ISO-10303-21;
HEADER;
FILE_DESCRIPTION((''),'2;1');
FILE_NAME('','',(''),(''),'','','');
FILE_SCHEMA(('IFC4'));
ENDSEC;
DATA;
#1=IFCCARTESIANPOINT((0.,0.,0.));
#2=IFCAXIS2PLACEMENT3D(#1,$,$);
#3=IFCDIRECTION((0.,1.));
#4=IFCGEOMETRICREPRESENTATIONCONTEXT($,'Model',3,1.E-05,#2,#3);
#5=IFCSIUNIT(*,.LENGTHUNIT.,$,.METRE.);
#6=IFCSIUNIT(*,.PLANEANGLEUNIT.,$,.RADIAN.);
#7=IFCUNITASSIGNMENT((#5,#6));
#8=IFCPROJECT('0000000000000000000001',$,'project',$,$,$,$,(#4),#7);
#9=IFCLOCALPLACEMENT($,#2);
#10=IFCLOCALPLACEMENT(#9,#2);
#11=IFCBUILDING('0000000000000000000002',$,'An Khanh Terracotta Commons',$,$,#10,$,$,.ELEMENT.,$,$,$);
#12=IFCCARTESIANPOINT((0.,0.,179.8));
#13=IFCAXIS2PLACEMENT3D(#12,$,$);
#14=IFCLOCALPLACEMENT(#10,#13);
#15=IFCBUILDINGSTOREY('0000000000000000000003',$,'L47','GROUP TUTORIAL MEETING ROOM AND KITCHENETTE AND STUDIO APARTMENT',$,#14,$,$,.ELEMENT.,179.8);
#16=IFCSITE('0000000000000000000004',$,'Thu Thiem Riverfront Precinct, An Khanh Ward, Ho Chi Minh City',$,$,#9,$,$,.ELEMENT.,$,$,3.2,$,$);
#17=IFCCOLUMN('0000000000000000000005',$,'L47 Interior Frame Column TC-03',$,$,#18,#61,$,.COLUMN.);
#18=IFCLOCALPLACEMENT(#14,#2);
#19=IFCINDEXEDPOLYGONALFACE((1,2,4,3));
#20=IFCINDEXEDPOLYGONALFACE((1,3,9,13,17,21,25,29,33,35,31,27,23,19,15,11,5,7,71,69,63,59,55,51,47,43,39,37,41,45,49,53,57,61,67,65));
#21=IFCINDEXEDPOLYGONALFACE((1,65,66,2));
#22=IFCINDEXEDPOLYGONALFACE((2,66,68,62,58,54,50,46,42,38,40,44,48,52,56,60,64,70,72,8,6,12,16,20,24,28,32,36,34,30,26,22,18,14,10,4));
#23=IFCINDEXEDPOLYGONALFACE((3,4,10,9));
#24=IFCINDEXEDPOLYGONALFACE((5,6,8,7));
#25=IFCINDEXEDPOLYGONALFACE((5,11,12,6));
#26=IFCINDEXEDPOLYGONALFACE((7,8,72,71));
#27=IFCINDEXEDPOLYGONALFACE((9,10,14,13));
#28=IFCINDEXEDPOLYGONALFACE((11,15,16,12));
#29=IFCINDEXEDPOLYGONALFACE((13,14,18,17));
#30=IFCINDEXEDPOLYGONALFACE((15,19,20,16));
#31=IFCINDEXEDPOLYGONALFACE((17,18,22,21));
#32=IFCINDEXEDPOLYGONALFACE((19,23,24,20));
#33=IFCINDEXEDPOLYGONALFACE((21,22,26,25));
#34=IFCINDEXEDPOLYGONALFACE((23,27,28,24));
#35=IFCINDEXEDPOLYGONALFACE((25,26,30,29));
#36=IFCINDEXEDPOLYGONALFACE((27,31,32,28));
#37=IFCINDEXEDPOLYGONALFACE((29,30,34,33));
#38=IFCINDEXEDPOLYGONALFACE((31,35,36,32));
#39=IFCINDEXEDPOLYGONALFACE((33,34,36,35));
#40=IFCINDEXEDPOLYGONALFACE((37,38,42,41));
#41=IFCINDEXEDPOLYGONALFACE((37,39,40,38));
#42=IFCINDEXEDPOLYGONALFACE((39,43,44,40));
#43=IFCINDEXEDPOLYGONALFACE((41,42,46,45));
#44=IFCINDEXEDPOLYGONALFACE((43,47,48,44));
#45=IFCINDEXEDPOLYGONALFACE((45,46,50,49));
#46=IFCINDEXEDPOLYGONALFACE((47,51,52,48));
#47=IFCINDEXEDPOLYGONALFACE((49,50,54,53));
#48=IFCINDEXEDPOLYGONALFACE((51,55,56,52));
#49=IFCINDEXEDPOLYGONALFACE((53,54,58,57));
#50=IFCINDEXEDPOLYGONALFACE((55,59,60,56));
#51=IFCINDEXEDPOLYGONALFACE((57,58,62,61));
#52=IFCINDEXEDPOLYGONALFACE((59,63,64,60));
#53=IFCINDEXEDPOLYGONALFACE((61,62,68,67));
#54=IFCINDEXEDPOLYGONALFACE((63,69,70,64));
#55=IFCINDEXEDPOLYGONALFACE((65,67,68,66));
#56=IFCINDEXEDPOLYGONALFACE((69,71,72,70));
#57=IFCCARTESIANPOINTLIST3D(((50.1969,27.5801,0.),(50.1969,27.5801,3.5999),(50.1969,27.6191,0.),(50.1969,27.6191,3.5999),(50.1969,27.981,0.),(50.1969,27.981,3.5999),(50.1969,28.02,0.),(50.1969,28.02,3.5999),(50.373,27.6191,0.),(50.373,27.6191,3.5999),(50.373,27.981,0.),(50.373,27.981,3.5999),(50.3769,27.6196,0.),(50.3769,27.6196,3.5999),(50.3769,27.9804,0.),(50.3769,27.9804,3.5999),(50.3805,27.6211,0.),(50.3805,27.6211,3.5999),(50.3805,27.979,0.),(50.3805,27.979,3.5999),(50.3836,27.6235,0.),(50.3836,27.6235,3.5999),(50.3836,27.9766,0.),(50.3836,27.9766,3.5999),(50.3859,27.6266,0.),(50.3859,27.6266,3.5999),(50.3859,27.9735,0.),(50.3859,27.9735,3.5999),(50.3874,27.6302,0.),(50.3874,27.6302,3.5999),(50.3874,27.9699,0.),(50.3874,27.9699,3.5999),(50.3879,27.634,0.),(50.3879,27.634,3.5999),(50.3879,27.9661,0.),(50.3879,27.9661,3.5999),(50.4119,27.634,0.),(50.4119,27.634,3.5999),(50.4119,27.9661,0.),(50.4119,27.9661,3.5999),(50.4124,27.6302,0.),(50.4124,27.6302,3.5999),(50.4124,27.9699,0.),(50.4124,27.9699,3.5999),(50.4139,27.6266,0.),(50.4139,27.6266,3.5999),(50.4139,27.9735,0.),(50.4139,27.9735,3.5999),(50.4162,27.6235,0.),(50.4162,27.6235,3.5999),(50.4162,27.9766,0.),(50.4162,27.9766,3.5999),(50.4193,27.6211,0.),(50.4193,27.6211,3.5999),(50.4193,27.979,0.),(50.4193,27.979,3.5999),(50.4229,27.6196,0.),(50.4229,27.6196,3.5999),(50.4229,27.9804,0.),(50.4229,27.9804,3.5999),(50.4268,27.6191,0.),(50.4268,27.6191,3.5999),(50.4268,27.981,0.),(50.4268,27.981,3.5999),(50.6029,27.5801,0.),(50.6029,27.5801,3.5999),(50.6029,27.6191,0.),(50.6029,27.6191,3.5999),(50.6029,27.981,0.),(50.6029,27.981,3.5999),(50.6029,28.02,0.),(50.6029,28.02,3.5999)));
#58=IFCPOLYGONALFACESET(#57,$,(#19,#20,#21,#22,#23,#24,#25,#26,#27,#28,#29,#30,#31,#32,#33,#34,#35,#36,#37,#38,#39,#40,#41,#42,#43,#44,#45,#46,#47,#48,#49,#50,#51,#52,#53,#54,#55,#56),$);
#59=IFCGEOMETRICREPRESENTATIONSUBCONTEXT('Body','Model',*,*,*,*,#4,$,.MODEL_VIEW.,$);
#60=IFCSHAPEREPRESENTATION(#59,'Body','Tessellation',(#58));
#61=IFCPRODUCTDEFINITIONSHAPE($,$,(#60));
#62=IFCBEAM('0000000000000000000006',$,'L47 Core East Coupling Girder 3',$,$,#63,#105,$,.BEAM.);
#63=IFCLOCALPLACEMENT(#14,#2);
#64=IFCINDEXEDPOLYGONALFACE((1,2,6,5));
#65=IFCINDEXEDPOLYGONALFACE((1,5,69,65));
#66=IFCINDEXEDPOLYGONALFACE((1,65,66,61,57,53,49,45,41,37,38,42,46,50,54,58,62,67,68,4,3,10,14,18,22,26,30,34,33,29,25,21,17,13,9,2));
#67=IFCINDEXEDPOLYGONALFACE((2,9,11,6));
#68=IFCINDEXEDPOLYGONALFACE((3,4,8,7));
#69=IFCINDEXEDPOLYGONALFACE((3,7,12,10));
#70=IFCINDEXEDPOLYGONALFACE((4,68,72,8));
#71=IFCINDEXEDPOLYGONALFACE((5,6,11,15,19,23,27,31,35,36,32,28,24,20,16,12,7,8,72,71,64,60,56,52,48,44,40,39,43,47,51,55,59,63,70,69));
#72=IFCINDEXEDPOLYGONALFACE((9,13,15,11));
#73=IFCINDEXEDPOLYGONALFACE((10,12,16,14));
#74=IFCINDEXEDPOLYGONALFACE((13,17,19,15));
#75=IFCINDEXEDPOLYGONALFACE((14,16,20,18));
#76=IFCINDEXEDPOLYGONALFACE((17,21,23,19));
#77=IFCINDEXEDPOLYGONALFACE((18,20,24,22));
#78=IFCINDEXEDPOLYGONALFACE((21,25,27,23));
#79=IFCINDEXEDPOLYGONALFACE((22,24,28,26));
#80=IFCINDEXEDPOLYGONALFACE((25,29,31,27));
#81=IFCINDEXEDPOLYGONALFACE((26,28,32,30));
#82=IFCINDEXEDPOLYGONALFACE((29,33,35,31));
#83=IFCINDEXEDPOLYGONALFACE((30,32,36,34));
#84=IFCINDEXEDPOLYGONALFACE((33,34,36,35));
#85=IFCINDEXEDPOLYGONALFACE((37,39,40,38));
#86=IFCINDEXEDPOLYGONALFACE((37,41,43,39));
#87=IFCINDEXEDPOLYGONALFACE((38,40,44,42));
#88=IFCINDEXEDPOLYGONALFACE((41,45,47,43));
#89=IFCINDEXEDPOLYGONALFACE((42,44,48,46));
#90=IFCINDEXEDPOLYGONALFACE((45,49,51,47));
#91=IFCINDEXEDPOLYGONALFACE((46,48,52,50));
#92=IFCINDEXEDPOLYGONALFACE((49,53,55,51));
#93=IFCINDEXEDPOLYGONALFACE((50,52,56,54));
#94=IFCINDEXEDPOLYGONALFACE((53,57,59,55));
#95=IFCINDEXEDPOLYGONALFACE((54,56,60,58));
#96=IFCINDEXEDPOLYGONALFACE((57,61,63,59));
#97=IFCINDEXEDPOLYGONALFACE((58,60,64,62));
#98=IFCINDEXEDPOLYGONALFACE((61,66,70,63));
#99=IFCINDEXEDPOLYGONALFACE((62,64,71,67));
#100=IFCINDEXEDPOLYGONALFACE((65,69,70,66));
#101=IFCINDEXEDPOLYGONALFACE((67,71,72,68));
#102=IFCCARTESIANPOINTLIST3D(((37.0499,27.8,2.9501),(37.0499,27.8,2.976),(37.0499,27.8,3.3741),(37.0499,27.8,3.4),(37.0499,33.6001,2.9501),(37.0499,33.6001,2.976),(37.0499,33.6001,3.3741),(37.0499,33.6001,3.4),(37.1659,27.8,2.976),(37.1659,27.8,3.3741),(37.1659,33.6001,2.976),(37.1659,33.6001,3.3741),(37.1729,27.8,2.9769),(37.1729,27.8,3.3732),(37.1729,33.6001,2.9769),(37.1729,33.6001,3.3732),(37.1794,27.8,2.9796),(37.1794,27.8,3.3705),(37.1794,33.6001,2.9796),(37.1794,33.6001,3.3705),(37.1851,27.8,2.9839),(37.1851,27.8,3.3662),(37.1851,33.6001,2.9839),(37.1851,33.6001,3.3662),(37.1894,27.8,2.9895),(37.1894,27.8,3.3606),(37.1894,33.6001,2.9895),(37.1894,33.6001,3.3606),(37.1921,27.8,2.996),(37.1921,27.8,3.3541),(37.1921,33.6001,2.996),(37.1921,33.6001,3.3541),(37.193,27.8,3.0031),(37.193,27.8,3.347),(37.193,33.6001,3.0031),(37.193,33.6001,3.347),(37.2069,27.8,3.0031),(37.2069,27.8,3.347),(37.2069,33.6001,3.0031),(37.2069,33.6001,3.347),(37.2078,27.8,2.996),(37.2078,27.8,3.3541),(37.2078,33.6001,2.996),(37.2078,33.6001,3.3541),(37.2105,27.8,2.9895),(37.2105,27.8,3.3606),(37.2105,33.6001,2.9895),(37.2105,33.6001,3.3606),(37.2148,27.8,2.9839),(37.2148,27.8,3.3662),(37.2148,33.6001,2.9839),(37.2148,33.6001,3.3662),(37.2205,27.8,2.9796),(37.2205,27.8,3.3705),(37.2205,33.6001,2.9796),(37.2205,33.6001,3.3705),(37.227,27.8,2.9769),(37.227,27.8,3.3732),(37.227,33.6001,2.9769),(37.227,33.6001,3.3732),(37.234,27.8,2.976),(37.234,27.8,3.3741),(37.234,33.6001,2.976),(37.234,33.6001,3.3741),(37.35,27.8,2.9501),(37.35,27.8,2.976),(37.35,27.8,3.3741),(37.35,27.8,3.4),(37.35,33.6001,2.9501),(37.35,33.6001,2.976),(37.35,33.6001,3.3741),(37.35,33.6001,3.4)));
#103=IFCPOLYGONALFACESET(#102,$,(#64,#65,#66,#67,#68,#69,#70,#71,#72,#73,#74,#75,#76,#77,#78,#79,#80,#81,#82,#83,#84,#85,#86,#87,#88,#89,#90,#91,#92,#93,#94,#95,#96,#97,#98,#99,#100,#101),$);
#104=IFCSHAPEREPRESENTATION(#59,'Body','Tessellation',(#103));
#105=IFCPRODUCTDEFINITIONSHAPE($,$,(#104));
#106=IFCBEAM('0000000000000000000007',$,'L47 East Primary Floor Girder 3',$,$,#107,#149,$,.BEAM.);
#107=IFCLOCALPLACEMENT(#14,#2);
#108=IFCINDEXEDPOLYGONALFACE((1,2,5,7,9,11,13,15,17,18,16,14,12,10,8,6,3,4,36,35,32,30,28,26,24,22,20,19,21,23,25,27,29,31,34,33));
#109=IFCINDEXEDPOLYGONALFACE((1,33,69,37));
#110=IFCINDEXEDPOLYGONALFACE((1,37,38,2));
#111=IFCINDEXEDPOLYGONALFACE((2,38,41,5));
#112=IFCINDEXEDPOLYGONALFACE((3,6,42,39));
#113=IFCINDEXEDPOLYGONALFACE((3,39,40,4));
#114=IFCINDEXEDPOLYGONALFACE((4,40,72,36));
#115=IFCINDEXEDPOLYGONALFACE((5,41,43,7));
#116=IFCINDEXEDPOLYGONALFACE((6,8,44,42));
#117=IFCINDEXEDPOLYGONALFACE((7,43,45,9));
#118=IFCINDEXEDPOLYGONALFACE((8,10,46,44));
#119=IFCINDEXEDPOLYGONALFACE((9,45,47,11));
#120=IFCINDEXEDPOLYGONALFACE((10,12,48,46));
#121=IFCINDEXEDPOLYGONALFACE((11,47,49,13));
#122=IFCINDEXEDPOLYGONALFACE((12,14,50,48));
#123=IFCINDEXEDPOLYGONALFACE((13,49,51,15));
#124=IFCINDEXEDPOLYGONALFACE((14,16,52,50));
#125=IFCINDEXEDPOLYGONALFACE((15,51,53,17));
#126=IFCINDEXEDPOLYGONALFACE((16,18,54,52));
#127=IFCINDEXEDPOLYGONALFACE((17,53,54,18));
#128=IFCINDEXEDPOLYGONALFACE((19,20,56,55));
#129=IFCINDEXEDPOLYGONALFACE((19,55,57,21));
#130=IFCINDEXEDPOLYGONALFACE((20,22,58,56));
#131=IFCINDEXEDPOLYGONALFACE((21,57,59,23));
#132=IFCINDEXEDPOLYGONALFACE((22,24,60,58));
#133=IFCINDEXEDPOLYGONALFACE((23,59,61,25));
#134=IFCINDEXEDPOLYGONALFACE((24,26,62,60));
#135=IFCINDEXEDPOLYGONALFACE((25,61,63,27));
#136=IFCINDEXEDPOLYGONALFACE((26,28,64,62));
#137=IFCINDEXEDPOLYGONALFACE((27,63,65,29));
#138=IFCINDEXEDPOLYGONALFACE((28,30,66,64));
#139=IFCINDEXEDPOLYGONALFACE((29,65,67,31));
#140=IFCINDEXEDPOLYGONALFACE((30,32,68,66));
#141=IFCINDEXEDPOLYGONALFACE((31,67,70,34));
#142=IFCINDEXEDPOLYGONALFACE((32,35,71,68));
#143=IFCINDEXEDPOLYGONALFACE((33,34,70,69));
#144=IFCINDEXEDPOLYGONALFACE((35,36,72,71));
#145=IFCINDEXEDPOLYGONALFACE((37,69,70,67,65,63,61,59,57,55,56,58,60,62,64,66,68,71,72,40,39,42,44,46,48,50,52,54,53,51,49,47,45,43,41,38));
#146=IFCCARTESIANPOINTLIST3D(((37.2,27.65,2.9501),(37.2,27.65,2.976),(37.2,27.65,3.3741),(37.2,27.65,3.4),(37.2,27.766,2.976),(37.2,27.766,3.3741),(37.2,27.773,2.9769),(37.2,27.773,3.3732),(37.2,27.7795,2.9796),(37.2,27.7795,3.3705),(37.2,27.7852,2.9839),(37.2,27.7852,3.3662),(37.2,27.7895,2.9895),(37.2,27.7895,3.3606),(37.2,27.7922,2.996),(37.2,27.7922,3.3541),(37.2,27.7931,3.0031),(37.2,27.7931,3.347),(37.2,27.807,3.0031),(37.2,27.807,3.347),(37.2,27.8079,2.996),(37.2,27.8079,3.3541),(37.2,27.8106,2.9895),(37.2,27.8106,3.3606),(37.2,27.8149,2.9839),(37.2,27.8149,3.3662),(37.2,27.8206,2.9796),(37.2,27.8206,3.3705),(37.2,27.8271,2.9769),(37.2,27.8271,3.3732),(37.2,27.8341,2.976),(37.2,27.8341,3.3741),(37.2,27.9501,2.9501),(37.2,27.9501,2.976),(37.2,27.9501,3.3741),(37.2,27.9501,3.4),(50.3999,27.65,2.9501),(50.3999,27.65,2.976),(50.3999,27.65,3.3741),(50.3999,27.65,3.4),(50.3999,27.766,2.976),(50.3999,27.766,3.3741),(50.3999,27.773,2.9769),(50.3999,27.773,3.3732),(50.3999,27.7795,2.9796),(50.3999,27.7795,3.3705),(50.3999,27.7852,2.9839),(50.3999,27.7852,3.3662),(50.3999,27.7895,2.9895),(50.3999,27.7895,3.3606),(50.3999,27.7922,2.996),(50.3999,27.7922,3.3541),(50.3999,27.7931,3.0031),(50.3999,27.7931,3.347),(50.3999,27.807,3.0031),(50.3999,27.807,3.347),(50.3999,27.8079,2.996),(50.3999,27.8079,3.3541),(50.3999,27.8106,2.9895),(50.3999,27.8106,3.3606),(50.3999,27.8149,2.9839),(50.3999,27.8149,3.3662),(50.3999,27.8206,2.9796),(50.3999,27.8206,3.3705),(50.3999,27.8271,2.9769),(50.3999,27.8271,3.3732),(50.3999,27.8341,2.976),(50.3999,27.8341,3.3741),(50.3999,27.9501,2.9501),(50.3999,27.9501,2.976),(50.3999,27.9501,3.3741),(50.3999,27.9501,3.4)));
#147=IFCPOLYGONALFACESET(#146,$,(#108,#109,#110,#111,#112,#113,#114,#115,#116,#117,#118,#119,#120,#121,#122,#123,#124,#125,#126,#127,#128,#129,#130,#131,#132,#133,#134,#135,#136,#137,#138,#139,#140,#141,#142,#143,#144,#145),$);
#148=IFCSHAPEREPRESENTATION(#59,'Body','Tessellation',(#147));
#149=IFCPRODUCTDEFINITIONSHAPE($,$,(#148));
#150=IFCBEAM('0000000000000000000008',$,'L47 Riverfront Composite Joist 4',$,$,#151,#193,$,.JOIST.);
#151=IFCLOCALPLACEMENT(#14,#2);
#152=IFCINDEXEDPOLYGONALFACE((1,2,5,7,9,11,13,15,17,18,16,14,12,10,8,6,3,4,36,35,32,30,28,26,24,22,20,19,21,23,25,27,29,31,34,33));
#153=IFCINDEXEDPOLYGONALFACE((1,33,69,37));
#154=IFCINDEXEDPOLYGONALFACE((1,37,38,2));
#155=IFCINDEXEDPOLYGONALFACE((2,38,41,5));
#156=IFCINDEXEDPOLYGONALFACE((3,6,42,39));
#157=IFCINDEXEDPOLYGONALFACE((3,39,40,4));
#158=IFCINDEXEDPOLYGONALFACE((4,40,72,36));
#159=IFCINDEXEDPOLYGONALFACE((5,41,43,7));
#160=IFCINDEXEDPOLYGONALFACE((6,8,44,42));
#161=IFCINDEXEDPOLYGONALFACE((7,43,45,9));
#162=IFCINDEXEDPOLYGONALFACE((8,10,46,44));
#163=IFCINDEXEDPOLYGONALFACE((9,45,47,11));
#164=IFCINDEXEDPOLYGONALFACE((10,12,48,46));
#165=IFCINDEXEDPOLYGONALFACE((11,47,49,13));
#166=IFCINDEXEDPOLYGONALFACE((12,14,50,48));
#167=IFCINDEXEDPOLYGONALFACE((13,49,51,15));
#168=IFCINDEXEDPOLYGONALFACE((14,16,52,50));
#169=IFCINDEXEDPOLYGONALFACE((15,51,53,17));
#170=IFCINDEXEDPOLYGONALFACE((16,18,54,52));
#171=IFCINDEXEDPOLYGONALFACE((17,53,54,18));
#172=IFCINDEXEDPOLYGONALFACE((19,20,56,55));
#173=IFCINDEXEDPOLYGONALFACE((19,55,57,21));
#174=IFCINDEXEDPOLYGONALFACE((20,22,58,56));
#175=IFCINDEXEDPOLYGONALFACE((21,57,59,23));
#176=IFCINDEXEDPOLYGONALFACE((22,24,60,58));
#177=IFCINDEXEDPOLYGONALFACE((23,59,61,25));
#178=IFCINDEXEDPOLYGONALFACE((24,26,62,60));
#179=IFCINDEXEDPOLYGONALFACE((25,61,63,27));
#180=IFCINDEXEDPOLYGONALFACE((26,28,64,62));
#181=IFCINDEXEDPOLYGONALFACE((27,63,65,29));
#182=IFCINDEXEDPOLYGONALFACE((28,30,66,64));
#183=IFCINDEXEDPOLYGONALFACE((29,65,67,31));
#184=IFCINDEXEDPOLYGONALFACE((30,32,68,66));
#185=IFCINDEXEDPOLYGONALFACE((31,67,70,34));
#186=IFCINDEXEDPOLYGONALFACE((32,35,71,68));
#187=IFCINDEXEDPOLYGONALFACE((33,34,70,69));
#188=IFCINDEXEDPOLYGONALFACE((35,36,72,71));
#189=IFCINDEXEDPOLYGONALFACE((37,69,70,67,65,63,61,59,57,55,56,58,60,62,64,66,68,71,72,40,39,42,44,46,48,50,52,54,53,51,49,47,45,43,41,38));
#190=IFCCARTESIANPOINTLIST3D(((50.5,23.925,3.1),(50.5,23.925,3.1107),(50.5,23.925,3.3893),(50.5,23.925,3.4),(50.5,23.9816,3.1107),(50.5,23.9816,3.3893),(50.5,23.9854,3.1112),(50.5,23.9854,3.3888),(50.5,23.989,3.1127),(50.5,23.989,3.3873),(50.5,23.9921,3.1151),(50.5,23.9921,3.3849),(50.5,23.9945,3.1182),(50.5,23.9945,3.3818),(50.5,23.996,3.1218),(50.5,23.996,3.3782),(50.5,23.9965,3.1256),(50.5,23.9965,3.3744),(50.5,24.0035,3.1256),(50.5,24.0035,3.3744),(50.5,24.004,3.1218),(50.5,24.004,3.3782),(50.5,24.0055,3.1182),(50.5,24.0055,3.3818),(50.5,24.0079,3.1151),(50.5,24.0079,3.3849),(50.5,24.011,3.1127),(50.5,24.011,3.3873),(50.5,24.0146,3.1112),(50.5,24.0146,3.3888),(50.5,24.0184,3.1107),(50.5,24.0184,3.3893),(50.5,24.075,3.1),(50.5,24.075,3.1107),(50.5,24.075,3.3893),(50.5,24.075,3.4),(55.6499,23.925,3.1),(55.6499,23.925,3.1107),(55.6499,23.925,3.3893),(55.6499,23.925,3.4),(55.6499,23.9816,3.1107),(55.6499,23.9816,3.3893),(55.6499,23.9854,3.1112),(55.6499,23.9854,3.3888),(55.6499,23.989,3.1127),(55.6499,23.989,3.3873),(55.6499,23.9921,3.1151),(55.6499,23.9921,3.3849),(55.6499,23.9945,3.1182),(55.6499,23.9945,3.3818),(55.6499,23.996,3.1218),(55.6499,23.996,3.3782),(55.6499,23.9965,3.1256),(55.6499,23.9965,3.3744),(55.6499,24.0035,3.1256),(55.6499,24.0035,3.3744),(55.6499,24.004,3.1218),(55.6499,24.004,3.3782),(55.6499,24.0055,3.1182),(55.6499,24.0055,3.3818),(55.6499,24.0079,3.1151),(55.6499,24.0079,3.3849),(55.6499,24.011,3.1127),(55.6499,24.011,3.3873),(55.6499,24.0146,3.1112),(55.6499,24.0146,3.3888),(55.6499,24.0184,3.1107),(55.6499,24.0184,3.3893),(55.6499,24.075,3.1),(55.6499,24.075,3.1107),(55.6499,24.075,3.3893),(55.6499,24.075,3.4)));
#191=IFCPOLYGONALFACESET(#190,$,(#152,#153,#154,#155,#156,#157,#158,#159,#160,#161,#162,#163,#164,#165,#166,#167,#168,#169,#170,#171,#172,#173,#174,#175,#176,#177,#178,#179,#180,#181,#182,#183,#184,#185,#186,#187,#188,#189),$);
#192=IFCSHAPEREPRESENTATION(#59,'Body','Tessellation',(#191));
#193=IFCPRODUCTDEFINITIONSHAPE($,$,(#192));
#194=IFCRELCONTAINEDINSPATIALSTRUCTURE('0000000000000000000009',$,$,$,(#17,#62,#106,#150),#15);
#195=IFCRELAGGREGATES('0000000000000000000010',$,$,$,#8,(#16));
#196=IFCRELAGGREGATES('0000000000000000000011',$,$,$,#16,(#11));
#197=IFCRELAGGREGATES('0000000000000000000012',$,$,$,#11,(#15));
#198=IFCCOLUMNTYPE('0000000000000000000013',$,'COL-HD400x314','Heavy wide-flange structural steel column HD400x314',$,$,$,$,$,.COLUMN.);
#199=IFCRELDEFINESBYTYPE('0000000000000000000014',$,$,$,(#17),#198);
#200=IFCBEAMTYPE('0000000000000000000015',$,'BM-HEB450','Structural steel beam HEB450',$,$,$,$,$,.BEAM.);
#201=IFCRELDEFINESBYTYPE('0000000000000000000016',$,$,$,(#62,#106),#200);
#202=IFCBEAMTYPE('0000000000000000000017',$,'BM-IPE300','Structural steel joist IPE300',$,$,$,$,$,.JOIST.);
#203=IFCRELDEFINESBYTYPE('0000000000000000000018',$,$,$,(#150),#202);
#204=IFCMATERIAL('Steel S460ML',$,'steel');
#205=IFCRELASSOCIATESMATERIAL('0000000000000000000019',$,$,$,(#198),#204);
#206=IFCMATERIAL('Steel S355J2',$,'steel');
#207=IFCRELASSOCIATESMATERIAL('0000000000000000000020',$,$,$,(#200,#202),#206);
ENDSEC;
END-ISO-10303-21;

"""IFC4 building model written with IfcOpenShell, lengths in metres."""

from ifc_helpers import new_model, si_unit, direction, frame, origin, origin_2d, place, context, subcontext, project, spatial, i_section, extrude, material, material_profile, profile_set, type_object, element, save


model = new_model("IFC4")

# Units and contexts
model_context = context("Model", 3, precision=1e-05, world=origin(), true_north=direction((0.0, 1.0)))
body_context = subcontext(model_context, "Body", "Model", "MODEL_VIEW")
ifc_project = project(units=[si_unit("LENGTHUNIT", "METRE"), si_unit("PLANEANGLEUNIT", "RADIAN")], contexts=[model_context])

# Site, building, storey
site_placement = place(None, origin())
site = spatial("IfcSite", under=ifc_project, at=site_placement, Name="Thu Thiem Riverfront Precinct, An Khanh Ward, Ho Chi Minh City", CompositionType="ELEMENT", RefElevation=3.2)
building_placement = place(site_placement, origin())
building = spatial("IfcBuilding", under=site, at=building_placement, Name="An Khanh Terracotta Commons", CompositionType="ELEMENT")
storey_placement = place(building_placement, frame((0.0, 0.0, 179.8)))
storey = spatial("IfcBuildingStorey", under=building, at=storey_placement, Name="L47", Description="GROUP TUTORIAL MEETING ROOM AND KITCHENETTE AND STUDIO APARTMENT", CompositionType="ELEMENT", Elevation=179.8)

# Column
ifc_material_1 = material(Name="Steel S460ML", Category="steel")
ifc_material_profile_1 = material_profile(ifc_material_1, i_section(OverallWidth=0.406, OverallDepth=0.4399, WebThickness=0.0239, FlangeThickness=0.0391, FilletRadius=0.0149, at=origin_2d()), Name="HD400x314")
ifc_profile_set_1 = profile_set([ifc_material_profile_1], Name="Steel S460ML")
column_type = type_object("IfcColumnType", Name="COL-HD400x314", Description="Heavy wide-flange structural steel column HD400x314", PredefinedType="COLUMN", material=ifc_profile_set_1)
column_placement = place(storey_placement, frame((50.3999, 27.8, 0.0), z_axis=(0.0, 0.0, 1.0), x_axis=(1.0, 0.0, 0.0)))
element("IfcColumn", 1, at=column_placement, inside=storey, type_object=column_type, Name="L47 Interior Frame Column TC-03", PredefinedType="COLUMN", context=body_context, shape_type="SweptSolid", body=[
    extrude(i_section(OverallWidth=0.406, OverallDepth=0.4399, WebThickness=0.0239, FlangeThickness=0.0391, FilletRadius=0.0149, at=origin_2d()), origin(), (0.0, 0.0, 1.0), 3.5999),
])

# Beams
ifc_material_2 = material(Name="Steel S355J2", Category="steel")
ifc_material_profile_2 = material_profile(ifc_material_2, i_section(OverallWidth=0.3, OverallDepth=0.45, WebThickness=0.0139, FlangeThickness=0.0259, FilletRadius=0.0271, at=origin_2d()), Name="HEB450")
ifc_profile_set_2 = profile_set([ifc_material_profile_2], Name="Steel S355J2")
beam_type_1 = type_object("IfcBeamType", Name="BM-HEB450", Description="Structural steel beam HEB450", PredefinedType="BEAM", material=ifc_profile_set_2)
beam_1_placement = place(storey_placement, frame((37.2, 27.8, 3.175), z_axis=(0.0, 1.0, 0.0), x_axis=(-1.0, 0.0, 0.0)))
element("IfcBeam", 2, at=beam_1_placement, inside=storey, type_object=beam_type_1, Name="L47 Core East Coupling Girder 3", PredefinedType="BEAM", context=body_context, shape_type="SweptSolid", body=[
    extrude(i_section(OverallWidth=0.3, OverallDepth=0.45, WebThickness=0.0139, FlangeThickness=0.0259, FilletRadius=0.0271, at=origin_2d()), origin(), (0.0, 0.0, 1.0), 5.8),
])
beam_2_placement = place(storey_placement, frame((37.2, 27.8, 3.175), z_axis=(1.0, 0.0, 0.0), x_axis=(0.0, 1.0, 0.0)))
element("IfcBeam", 3, at=beam_2_placement, inside=storey, type_object=beam_type_1, Name="L47 East Primary Floor Girder 3", PredefinedType="BEAM", context=body_context, shape_type="SweptSolid", body=[
    extrude(i_section(OverallWidth=0.3, OverallDepth=0.45, WebThickness=0.0139, FlangeThickness=0.0259, FilletRadius=0.0271, at=origin_2d()), origin(), (0.0, 0.0, 1.0), 13.2),
])
ifc_material_profile_3 = material_profile(ifc_material_2, i_section(OverallWidth=0.1499, OverallDepth=0.3, WebThickness=0.0071, FlangeThickness=0.0107, FilletRadius=0.0149, at=origin_2d()), Name="IPE300")
ifc_profile_set_3 = profile_set([ifc_material_profile_3], Name="Steel S355J2")
beam_type_2 = type_object("IfcBeamType", Name="BM-IPE300", Description="Structural steel joist IPE300", PredefinedType="JOIST", material=ifc_profile_set_3)
for number, where, z_axis, x_axis, name in (
    (4, (50.5, 24.0, 3.25), (1.0, 0.0, 0.0), (0.0, 1.0, 0.0), "L47 Riverfront Composite Joist 4"),
):
    element("IfcBeam", number, at=place(storey_placement, frame(where, z_axis=z_axis, x_axis=x_axis)), inside=storey, type_object=beam_type_2, Name=name, PredefinedType="JOIST", context=body_context, shape_type="SweptSolid", body=[
        extrude(i_section(OverallWidth=0.1499, OverallDepth=0.3, WebThickness=0.0071, FlangeThickness=0.0107, FilletRadius=0.0149, at=origin_2d()), origin(), (0.0, 0.0, 1.0), 5.1499),
    ])

save(model, "model.ifc")
